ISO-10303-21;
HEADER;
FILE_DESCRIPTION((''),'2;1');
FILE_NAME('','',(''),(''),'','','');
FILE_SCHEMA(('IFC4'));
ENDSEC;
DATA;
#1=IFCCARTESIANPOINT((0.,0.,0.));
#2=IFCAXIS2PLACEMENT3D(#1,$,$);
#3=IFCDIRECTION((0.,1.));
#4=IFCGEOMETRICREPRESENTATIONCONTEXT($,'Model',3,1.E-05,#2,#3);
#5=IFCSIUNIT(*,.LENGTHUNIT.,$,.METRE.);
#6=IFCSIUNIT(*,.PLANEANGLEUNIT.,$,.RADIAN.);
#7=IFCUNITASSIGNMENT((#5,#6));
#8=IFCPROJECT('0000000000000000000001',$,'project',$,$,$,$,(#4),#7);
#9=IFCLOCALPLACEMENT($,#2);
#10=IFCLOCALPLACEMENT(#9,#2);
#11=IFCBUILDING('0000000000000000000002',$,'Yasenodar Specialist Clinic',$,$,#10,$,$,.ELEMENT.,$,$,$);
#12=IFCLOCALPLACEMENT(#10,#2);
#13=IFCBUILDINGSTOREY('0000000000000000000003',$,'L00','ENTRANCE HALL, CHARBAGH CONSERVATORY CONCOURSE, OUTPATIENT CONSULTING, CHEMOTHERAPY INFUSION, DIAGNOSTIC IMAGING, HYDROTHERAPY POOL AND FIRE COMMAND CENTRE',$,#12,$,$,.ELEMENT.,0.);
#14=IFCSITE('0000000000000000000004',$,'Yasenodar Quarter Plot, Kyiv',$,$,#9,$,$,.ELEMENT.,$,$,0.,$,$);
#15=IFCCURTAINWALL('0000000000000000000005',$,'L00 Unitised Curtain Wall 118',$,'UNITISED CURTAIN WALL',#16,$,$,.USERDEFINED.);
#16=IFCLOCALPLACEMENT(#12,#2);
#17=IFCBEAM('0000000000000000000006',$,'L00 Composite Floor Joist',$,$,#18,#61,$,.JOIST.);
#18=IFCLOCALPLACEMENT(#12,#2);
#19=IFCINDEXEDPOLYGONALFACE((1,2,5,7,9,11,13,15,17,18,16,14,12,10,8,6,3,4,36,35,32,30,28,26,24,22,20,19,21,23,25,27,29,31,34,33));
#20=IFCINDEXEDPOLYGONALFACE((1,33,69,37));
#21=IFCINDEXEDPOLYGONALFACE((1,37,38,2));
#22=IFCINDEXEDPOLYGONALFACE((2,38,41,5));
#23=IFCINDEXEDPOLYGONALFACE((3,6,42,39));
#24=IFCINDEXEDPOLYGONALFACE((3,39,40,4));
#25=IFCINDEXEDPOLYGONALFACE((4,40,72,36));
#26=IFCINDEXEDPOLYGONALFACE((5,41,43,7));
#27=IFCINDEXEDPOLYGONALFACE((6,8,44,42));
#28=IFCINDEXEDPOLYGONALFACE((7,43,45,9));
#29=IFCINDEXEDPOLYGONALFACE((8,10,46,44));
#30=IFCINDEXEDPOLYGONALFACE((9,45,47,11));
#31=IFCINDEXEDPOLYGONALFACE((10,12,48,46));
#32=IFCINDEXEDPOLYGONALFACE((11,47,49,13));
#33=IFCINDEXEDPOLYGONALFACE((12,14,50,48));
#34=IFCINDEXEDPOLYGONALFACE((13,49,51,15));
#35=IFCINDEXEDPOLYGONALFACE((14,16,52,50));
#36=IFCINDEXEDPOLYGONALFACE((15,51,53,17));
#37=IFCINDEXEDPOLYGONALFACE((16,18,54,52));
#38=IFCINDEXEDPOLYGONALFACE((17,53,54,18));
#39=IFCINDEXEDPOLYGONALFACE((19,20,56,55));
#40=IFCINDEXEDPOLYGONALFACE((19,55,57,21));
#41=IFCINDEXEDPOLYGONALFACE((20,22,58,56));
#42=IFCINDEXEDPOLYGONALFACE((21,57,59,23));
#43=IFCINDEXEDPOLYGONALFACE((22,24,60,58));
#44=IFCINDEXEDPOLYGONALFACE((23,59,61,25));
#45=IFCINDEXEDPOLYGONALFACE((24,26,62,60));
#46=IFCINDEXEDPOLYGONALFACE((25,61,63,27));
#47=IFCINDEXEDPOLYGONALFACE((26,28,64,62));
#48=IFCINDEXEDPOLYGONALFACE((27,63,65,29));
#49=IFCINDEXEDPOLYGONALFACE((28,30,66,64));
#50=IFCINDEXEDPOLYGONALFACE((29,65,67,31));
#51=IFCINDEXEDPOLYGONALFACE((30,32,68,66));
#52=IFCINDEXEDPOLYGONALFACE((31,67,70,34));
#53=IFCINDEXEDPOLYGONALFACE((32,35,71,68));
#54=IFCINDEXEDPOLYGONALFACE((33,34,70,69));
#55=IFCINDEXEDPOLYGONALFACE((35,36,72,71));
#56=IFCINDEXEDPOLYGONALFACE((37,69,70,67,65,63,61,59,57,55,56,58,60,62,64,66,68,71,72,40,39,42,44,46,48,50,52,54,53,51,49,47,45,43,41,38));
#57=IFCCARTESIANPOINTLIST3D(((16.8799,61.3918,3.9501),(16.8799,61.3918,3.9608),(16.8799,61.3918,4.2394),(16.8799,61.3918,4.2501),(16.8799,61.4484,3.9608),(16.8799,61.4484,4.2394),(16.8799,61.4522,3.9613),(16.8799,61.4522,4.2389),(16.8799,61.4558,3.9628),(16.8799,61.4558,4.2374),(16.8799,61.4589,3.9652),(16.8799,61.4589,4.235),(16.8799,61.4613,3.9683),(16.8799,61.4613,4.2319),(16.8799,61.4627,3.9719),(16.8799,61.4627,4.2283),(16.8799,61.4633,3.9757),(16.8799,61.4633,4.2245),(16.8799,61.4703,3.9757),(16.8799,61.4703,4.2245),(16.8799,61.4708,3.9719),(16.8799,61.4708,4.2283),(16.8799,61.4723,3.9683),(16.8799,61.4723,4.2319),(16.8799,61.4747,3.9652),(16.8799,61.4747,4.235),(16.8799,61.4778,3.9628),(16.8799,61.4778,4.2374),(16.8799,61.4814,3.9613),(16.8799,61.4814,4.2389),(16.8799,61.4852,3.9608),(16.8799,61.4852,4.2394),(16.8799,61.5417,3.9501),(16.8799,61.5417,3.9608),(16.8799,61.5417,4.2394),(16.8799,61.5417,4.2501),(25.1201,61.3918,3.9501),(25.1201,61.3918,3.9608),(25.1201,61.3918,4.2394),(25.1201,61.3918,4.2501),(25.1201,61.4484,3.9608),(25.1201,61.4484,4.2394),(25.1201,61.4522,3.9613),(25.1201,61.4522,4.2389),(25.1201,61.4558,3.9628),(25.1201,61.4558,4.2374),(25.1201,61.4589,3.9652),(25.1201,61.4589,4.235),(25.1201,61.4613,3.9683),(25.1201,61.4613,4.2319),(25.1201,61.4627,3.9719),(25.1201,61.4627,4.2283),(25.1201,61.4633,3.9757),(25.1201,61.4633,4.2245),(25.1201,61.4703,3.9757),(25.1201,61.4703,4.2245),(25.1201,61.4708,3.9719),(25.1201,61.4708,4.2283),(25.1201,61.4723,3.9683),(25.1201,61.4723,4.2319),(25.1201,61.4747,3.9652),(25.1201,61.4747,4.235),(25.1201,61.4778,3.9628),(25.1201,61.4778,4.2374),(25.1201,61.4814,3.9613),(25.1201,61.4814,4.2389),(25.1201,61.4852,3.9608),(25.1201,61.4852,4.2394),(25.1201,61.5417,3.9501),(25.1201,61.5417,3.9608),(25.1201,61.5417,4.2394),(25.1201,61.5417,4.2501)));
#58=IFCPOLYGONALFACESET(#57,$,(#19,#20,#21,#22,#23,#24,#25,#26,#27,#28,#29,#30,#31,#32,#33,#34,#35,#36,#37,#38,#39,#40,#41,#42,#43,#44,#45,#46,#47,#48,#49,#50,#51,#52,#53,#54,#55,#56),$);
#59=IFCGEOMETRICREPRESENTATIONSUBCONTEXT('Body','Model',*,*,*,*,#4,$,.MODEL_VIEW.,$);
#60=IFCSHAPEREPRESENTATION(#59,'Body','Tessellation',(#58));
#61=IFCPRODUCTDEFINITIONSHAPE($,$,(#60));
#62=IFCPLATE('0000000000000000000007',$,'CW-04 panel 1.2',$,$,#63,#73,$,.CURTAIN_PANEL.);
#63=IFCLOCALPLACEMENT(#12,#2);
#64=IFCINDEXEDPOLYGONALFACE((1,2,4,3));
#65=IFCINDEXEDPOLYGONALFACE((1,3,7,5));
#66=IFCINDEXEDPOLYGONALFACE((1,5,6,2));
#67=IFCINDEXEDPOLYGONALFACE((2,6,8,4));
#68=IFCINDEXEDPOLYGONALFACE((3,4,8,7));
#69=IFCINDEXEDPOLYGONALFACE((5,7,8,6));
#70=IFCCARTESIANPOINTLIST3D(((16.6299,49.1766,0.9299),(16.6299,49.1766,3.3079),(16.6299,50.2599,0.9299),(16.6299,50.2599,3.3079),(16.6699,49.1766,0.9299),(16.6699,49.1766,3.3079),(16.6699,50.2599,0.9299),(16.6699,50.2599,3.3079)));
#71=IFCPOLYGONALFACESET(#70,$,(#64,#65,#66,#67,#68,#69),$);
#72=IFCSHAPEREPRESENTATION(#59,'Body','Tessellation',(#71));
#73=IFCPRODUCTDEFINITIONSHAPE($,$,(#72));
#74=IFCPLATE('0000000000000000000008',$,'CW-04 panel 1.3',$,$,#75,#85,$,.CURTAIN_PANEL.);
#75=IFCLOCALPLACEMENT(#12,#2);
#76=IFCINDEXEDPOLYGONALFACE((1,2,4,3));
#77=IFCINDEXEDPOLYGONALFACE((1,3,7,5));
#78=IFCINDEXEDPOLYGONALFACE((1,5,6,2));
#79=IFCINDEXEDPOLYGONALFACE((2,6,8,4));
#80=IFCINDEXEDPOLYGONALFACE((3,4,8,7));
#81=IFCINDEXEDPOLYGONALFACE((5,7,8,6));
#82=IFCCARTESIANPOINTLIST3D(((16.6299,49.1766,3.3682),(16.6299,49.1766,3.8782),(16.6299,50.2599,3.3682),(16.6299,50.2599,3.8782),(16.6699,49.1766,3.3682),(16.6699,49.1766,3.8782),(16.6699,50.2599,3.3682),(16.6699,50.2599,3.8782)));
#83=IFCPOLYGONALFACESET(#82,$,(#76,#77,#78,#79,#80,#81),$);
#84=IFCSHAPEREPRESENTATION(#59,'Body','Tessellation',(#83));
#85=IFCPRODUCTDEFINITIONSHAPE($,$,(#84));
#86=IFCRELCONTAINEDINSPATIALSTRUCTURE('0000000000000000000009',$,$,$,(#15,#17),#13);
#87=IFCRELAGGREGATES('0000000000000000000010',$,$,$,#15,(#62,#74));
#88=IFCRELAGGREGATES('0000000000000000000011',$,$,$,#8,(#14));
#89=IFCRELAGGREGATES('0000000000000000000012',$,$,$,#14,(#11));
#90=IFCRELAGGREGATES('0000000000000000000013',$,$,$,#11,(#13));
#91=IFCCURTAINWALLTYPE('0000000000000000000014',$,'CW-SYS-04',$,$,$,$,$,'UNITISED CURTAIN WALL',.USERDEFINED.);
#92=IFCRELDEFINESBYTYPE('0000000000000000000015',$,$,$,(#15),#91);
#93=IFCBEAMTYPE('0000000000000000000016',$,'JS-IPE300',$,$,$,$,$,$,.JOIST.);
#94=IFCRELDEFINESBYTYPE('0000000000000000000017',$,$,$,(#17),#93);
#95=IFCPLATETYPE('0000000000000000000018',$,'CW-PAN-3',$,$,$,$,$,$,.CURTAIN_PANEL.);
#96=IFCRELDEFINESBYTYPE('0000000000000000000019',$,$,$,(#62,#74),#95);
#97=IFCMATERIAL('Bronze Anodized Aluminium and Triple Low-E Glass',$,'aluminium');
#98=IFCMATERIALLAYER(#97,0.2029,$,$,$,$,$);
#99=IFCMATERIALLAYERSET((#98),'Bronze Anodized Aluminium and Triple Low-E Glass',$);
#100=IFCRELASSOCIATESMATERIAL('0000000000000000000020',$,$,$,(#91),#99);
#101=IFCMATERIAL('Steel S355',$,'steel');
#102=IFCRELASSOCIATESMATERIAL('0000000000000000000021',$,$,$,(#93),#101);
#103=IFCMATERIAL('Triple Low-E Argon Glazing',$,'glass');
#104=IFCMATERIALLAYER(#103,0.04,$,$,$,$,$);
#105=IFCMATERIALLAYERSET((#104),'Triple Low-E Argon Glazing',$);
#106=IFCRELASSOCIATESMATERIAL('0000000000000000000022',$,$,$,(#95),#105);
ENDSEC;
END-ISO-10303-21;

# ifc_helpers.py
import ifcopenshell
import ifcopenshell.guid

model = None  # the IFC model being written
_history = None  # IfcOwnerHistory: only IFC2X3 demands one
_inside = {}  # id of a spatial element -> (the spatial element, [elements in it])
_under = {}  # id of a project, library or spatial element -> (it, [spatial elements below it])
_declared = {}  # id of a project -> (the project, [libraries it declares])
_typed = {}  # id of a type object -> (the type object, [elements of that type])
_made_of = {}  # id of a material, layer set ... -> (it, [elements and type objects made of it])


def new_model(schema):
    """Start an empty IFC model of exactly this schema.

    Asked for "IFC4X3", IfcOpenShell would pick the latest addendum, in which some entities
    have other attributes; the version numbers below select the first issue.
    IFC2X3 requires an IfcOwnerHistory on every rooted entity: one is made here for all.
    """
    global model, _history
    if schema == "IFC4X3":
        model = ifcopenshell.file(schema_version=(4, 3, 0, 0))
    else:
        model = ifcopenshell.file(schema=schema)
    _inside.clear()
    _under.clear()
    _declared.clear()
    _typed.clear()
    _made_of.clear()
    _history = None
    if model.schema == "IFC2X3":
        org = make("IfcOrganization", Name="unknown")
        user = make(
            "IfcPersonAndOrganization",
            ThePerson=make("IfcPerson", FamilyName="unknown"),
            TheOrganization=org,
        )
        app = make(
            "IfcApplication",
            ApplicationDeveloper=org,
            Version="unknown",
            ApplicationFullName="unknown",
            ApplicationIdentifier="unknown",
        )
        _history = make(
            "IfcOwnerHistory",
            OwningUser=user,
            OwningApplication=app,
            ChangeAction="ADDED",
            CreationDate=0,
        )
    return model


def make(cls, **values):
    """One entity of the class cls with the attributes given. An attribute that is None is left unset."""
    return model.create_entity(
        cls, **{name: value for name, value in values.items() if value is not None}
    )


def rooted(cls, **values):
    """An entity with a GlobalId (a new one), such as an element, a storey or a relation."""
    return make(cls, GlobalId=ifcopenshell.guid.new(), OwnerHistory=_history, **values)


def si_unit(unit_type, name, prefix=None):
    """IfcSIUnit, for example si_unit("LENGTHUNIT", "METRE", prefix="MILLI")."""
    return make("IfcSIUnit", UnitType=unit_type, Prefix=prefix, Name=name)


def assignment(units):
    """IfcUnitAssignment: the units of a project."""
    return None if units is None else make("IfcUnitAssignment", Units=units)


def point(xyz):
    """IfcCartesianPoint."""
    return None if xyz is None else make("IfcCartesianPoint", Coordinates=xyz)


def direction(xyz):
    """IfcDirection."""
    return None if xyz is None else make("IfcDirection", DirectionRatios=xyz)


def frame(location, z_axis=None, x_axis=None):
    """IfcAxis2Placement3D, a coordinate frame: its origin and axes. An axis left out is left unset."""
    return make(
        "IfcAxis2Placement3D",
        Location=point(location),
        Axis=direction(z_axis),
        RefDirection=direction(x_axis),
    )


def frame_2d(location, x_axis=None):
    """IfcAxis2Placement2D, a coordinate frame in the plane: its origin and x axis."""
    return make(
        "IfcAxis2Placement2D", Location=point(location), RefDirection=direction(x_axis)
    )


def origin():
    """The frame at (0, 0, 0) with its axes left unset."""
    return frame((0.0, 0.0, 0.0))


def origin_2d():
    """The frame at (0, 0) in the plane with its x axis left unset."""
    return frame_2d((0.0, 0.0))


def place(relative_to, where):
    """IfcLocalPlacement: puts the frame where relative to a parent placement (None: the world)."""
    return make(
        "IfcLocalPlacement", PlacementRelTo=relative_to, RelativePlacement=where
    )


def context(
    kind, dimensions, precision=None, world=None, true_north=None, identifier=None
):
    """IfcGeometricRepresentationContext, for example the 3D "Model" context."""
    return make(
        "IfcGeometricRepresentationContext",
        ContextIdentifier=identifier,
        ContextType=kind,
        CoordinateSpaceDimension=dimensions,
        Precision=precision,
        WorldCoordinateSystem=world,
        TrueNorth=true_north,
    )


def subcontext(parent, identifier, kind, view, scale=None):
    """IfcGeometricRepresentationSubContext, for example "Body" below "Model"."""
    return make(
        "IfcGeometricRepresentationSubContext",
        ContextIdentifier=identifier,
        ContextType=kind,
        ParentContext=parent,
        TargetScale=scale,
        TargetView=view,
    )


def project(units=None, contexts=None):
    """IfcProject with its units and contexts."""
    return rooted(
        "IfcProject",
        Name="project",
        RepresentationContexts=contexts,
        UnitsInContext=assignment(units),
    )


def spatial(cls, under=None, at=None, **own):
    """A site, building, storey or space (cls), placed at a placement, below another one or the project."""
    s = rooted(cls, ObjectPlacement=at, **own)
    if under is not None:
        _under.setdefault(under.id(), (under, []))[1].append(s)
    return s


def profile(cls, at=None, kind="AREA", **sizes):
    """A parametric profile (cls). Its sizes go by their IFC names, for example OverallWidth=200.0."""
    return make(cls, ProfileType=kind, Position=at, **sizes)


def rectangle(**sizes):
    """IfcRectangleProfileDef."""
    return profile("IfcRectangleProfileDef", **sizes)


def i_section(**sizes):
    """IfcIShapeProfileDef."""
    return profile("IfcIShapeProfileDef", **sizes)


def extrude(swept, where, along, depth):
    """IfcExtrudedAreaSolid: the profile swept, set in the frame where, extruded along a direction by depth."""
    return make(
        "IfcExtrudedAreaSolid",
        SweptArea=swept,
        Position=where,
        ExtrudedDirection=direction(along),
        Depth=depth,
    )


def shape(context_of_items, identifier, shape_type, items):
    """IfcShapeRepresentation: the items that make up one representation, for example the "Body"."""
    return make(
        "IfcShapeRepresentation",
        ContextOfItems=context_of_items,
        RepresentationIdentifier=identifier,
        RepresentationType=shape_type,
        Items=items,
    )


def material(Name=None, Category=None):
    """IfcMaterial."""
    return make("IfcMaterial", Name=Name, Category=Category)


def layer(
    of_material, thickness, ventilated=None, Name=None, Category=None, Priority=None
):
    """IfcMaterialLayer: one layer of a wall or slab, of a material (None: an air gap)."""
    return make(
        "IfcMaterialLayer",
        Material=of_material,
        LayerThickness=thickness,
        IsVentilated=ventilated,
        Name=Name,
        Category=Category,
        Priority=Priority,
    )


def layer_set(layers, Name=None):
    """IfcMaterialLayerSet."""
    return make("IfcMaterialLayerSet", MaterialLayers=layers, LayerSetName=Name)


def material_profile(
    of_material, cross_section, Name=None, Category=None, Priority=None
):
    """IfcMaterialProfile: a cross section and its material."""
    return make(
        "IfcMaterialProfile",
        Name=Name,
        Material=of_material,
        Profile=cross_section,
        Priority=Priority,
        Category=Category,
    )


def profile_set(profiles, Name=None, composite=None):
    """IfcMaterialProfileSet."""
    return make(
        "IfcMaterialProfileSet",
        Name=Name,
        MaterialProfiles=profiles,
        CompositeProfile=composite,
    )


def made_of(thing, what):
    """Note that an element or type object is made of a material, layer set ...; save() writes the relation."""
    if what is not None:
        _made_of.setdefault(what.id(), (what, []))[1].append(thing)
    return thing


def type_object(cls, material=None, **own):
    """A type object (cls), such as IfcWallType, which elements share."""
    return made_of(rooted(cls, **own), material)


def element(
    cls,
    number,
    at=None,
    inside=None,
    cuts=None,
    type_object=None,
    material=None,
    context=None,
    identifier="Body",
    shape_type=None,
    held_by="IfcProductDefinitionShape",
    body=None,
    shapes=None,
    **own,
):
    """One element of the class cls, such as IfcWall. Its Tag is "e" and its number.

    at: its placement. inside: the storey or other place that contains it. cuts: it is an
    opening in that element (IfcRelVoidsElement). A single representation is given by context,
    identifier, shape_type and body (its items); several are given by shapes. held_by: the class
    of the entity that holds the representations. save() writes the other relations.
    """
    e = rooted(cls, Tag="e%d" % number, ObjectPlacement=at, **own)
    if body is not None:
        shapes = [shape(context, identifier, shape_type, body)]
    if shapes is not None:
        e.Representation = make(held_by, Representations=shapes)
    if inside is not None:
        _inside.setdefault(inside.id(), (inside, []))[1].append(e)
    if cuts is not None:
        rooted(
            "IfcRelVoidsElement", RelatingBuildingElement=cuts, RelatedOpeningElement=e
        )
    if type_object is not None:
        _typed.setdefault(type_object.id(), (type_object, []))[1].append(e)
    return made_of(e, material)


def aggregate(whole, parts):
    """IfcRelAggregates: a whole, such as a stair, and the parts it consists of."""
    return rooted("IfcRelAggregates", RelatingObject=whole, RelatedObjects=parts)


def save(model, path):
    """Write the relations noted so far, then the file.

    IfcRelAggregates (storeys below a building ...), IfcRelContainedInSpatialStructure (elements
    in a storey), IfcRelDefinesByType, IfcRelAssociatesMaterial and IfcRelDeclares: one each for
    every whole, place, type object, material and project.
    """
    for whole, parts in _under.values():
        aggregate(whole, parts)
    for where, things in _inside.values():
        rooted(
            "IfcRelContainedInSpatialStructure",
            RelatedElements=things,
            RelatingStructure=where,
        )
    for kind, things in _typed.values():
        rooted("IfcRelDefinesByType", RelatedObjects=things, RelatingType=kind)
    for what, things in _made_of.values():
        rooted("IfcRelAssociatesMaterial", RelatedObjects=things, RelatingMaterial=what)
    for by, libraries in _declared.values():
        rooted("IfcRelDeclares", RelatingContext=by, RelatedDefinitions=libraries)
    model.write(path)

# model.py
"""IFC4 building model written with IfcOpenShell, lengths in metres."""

from ifc_helpers import new_model, si_unit, direction, frame, origin, origin_2d, place, context, subcontext, project, spatial, rectangle, i_section, extrude, material, layer, layer_set, material_profile, profile_set, type_object, element, aggregate, save


model = new_model("IFC4")

# Units and contexts
model_context = context("Model", 3, precision=1e-05, world=origin(), true_north=direction((0.0, 1.0)))
body_context = subcontext(model_context, "Body", "Model", "MODEL_VIEW")
ifc_project = project(units=[si_unit("LENGTHUNIT", "METRE"), si_unit("PLANEANGLEUNIT", "RADIAN")], contexts=[model_context])

# Site, building, storey
site_placement = place(None, origin())
site = spatial("IfcSite", under=ifc_project, at=site_placement, Name="Yasenodar Quarter Plot, Kyiv", CompositionType="ELEMENT", RefElevation=0.0)
building_placement = place(site_placement, origin())
building = spatial("IfcBuilding", under=site, at=building_placement, Name="Yasenodar Specialist Clinic", CompositionType="ELEMENT")
storey_placement = place(building_placement, origin())
storey = spatial("IfcBuildingStorey", under=building, at=storey_placement, Name="L00", Description="ENTRANCE HALL, CHARBAGH CONSERVATORY CONCOURSE, OUTPATIENT CONSULTING, CHEMOTHERAPY INFUSION, DIAGNOSTIC IMAGING, HYDROTHERAPY POOL AND FIRE COMMAND CENTRE", CompositionType="ELEMENT", Elevation=0.0)

# Shared definitions
ifc_material_1 = material(Name="Steel S355", Category="steel")

# Curtain wall
ifc_material_2 = material(Name="Bronze Anodized Aluminium and Triple Low-E Glass", Category="aluminium")
ifc_layer_1 = layer(ifc_material_2, 0.2029)
ifc_layer_set_1 = layer_set([ifc_layer_1], Name="Bronze Anodized Aluminium and Triple Low-E Glass")
curtain_wall_type = type_object("IfcCurtainWallType", Name="CW-SYS-04", ElementType="UNITISED CURTAIN WALL", PredefinedType="USERDEFINED", material=ifc_layer_set_1)
curtain_wall_placement = place(storey_placement, origin())
curtain_wall = element("IfcCurtainWall", 1, at=curtain_wall_placement, inside=storey, type_object=curtain_wall_type, Name="L00 Unitised Curtain Wall 118", ObjectType="UNITISED CURTAIN WALL", PredefinedType="USERDEFINED")

# Beam
ifc_material_profile_1 = material_profile(ifc_material_1, i_section(OverallWidth=0.1499, OverallDepth=0.3, WebThickness=0.0071, FlangeThickness=0.0107, FilletRadius=0.0149, at=origin_2d()), Name="IPE 300")
ifc_profile_set_1 = profile_set([ifc_material_profile_1], Name="Steel S355")
beam_type_1 = type_object("IfcBeamType", Name="JS-IPE300", PredefinedType="JOIST", material=ifc_profile_set_1)
for number, where, z_axis, x_axis, name in (
    (2, (16.8799, 61.4668, 4.1001), (1.0, 0.0, 0.0), (0.0, 1.0, 0.0), "L00 Composite Floor Joist"),
):
    element("IfcBeam", number, at=place(storey_placement, frame(where, z_axis=z_axis, x_axis=x_axis)), inside=storey, type_object=beam_type_1, Name=name, PredefinedType="JOIST", context=body_context, shape_type="SweptSolid", body=[
        extrude(i_section(OverallWidth=0.1499, OverallDepth=0.3, WebThickness=0.0071, FlangeThickness=0.0107, FilletRadius=0.0149, at=origin_2d()), origin(), (0.0, 0.0, 1.0), 8.2402),
    ])

# Plates
ifc_material_3 = material(Name="Triple Low-E Argon Glazing", Category="glass")
ifc_layer_2 = layer(ifc_material_3, 0.04)
ifc_layer_set_2 = layer_set([ifc_layer_2], Name="Triple Low-E Argon Glazing")
plate_type = type_object("IfcPlateType", Name="CW-PAN-3", PredefinedType="CURTAIN_PANEL", material=ifc_layer_set_2)
plate_1_placement = place(storey_placement, frame((16.6499, 49.7183, 0.9299), z_axis=(0.0, 0.0, 1.0), x_axis=(0.0, -1.0, 0.0)))
plate_1 = element("IfcPlate", 3, at=plate_1_placement, type_object=plate_type, Name="CW-04 panel 1.2", PredefinedType="CURTAIN_PANEL", context=body_context, shape_type="SweptSolid", body=[
    extrude(rectangle(XDim=1.0833, YDim=0.04, at=origin_2d()), origin(), (0.0, 0.0, 1.0), 2.3779),
])
plate_2_placement = place(storey_placement, frame((16.6499, 49.7183, 3.3682), z_axis=(0.0, 0.0, 1.0), x_axis=(0.0, -1.0, 0.0)))
plate_2 = element("IfcPlate", 4, at=plate_2_placement, type_object=plate_type, Name="CW-04 panel 1.3", PredefinedType="CURTAIN_PANEL", context=body_context, shape_type="SweptSolid", body=[
    extrude(rectangle(XDim=1.0833, YDim=0.04, at=origin_2d()), origin(), (0.0, 0.0, 1.0), 0.51),
])
aggregate(curtain_wall, [plate_1, plate_2])

save(model, "model.ifc")
